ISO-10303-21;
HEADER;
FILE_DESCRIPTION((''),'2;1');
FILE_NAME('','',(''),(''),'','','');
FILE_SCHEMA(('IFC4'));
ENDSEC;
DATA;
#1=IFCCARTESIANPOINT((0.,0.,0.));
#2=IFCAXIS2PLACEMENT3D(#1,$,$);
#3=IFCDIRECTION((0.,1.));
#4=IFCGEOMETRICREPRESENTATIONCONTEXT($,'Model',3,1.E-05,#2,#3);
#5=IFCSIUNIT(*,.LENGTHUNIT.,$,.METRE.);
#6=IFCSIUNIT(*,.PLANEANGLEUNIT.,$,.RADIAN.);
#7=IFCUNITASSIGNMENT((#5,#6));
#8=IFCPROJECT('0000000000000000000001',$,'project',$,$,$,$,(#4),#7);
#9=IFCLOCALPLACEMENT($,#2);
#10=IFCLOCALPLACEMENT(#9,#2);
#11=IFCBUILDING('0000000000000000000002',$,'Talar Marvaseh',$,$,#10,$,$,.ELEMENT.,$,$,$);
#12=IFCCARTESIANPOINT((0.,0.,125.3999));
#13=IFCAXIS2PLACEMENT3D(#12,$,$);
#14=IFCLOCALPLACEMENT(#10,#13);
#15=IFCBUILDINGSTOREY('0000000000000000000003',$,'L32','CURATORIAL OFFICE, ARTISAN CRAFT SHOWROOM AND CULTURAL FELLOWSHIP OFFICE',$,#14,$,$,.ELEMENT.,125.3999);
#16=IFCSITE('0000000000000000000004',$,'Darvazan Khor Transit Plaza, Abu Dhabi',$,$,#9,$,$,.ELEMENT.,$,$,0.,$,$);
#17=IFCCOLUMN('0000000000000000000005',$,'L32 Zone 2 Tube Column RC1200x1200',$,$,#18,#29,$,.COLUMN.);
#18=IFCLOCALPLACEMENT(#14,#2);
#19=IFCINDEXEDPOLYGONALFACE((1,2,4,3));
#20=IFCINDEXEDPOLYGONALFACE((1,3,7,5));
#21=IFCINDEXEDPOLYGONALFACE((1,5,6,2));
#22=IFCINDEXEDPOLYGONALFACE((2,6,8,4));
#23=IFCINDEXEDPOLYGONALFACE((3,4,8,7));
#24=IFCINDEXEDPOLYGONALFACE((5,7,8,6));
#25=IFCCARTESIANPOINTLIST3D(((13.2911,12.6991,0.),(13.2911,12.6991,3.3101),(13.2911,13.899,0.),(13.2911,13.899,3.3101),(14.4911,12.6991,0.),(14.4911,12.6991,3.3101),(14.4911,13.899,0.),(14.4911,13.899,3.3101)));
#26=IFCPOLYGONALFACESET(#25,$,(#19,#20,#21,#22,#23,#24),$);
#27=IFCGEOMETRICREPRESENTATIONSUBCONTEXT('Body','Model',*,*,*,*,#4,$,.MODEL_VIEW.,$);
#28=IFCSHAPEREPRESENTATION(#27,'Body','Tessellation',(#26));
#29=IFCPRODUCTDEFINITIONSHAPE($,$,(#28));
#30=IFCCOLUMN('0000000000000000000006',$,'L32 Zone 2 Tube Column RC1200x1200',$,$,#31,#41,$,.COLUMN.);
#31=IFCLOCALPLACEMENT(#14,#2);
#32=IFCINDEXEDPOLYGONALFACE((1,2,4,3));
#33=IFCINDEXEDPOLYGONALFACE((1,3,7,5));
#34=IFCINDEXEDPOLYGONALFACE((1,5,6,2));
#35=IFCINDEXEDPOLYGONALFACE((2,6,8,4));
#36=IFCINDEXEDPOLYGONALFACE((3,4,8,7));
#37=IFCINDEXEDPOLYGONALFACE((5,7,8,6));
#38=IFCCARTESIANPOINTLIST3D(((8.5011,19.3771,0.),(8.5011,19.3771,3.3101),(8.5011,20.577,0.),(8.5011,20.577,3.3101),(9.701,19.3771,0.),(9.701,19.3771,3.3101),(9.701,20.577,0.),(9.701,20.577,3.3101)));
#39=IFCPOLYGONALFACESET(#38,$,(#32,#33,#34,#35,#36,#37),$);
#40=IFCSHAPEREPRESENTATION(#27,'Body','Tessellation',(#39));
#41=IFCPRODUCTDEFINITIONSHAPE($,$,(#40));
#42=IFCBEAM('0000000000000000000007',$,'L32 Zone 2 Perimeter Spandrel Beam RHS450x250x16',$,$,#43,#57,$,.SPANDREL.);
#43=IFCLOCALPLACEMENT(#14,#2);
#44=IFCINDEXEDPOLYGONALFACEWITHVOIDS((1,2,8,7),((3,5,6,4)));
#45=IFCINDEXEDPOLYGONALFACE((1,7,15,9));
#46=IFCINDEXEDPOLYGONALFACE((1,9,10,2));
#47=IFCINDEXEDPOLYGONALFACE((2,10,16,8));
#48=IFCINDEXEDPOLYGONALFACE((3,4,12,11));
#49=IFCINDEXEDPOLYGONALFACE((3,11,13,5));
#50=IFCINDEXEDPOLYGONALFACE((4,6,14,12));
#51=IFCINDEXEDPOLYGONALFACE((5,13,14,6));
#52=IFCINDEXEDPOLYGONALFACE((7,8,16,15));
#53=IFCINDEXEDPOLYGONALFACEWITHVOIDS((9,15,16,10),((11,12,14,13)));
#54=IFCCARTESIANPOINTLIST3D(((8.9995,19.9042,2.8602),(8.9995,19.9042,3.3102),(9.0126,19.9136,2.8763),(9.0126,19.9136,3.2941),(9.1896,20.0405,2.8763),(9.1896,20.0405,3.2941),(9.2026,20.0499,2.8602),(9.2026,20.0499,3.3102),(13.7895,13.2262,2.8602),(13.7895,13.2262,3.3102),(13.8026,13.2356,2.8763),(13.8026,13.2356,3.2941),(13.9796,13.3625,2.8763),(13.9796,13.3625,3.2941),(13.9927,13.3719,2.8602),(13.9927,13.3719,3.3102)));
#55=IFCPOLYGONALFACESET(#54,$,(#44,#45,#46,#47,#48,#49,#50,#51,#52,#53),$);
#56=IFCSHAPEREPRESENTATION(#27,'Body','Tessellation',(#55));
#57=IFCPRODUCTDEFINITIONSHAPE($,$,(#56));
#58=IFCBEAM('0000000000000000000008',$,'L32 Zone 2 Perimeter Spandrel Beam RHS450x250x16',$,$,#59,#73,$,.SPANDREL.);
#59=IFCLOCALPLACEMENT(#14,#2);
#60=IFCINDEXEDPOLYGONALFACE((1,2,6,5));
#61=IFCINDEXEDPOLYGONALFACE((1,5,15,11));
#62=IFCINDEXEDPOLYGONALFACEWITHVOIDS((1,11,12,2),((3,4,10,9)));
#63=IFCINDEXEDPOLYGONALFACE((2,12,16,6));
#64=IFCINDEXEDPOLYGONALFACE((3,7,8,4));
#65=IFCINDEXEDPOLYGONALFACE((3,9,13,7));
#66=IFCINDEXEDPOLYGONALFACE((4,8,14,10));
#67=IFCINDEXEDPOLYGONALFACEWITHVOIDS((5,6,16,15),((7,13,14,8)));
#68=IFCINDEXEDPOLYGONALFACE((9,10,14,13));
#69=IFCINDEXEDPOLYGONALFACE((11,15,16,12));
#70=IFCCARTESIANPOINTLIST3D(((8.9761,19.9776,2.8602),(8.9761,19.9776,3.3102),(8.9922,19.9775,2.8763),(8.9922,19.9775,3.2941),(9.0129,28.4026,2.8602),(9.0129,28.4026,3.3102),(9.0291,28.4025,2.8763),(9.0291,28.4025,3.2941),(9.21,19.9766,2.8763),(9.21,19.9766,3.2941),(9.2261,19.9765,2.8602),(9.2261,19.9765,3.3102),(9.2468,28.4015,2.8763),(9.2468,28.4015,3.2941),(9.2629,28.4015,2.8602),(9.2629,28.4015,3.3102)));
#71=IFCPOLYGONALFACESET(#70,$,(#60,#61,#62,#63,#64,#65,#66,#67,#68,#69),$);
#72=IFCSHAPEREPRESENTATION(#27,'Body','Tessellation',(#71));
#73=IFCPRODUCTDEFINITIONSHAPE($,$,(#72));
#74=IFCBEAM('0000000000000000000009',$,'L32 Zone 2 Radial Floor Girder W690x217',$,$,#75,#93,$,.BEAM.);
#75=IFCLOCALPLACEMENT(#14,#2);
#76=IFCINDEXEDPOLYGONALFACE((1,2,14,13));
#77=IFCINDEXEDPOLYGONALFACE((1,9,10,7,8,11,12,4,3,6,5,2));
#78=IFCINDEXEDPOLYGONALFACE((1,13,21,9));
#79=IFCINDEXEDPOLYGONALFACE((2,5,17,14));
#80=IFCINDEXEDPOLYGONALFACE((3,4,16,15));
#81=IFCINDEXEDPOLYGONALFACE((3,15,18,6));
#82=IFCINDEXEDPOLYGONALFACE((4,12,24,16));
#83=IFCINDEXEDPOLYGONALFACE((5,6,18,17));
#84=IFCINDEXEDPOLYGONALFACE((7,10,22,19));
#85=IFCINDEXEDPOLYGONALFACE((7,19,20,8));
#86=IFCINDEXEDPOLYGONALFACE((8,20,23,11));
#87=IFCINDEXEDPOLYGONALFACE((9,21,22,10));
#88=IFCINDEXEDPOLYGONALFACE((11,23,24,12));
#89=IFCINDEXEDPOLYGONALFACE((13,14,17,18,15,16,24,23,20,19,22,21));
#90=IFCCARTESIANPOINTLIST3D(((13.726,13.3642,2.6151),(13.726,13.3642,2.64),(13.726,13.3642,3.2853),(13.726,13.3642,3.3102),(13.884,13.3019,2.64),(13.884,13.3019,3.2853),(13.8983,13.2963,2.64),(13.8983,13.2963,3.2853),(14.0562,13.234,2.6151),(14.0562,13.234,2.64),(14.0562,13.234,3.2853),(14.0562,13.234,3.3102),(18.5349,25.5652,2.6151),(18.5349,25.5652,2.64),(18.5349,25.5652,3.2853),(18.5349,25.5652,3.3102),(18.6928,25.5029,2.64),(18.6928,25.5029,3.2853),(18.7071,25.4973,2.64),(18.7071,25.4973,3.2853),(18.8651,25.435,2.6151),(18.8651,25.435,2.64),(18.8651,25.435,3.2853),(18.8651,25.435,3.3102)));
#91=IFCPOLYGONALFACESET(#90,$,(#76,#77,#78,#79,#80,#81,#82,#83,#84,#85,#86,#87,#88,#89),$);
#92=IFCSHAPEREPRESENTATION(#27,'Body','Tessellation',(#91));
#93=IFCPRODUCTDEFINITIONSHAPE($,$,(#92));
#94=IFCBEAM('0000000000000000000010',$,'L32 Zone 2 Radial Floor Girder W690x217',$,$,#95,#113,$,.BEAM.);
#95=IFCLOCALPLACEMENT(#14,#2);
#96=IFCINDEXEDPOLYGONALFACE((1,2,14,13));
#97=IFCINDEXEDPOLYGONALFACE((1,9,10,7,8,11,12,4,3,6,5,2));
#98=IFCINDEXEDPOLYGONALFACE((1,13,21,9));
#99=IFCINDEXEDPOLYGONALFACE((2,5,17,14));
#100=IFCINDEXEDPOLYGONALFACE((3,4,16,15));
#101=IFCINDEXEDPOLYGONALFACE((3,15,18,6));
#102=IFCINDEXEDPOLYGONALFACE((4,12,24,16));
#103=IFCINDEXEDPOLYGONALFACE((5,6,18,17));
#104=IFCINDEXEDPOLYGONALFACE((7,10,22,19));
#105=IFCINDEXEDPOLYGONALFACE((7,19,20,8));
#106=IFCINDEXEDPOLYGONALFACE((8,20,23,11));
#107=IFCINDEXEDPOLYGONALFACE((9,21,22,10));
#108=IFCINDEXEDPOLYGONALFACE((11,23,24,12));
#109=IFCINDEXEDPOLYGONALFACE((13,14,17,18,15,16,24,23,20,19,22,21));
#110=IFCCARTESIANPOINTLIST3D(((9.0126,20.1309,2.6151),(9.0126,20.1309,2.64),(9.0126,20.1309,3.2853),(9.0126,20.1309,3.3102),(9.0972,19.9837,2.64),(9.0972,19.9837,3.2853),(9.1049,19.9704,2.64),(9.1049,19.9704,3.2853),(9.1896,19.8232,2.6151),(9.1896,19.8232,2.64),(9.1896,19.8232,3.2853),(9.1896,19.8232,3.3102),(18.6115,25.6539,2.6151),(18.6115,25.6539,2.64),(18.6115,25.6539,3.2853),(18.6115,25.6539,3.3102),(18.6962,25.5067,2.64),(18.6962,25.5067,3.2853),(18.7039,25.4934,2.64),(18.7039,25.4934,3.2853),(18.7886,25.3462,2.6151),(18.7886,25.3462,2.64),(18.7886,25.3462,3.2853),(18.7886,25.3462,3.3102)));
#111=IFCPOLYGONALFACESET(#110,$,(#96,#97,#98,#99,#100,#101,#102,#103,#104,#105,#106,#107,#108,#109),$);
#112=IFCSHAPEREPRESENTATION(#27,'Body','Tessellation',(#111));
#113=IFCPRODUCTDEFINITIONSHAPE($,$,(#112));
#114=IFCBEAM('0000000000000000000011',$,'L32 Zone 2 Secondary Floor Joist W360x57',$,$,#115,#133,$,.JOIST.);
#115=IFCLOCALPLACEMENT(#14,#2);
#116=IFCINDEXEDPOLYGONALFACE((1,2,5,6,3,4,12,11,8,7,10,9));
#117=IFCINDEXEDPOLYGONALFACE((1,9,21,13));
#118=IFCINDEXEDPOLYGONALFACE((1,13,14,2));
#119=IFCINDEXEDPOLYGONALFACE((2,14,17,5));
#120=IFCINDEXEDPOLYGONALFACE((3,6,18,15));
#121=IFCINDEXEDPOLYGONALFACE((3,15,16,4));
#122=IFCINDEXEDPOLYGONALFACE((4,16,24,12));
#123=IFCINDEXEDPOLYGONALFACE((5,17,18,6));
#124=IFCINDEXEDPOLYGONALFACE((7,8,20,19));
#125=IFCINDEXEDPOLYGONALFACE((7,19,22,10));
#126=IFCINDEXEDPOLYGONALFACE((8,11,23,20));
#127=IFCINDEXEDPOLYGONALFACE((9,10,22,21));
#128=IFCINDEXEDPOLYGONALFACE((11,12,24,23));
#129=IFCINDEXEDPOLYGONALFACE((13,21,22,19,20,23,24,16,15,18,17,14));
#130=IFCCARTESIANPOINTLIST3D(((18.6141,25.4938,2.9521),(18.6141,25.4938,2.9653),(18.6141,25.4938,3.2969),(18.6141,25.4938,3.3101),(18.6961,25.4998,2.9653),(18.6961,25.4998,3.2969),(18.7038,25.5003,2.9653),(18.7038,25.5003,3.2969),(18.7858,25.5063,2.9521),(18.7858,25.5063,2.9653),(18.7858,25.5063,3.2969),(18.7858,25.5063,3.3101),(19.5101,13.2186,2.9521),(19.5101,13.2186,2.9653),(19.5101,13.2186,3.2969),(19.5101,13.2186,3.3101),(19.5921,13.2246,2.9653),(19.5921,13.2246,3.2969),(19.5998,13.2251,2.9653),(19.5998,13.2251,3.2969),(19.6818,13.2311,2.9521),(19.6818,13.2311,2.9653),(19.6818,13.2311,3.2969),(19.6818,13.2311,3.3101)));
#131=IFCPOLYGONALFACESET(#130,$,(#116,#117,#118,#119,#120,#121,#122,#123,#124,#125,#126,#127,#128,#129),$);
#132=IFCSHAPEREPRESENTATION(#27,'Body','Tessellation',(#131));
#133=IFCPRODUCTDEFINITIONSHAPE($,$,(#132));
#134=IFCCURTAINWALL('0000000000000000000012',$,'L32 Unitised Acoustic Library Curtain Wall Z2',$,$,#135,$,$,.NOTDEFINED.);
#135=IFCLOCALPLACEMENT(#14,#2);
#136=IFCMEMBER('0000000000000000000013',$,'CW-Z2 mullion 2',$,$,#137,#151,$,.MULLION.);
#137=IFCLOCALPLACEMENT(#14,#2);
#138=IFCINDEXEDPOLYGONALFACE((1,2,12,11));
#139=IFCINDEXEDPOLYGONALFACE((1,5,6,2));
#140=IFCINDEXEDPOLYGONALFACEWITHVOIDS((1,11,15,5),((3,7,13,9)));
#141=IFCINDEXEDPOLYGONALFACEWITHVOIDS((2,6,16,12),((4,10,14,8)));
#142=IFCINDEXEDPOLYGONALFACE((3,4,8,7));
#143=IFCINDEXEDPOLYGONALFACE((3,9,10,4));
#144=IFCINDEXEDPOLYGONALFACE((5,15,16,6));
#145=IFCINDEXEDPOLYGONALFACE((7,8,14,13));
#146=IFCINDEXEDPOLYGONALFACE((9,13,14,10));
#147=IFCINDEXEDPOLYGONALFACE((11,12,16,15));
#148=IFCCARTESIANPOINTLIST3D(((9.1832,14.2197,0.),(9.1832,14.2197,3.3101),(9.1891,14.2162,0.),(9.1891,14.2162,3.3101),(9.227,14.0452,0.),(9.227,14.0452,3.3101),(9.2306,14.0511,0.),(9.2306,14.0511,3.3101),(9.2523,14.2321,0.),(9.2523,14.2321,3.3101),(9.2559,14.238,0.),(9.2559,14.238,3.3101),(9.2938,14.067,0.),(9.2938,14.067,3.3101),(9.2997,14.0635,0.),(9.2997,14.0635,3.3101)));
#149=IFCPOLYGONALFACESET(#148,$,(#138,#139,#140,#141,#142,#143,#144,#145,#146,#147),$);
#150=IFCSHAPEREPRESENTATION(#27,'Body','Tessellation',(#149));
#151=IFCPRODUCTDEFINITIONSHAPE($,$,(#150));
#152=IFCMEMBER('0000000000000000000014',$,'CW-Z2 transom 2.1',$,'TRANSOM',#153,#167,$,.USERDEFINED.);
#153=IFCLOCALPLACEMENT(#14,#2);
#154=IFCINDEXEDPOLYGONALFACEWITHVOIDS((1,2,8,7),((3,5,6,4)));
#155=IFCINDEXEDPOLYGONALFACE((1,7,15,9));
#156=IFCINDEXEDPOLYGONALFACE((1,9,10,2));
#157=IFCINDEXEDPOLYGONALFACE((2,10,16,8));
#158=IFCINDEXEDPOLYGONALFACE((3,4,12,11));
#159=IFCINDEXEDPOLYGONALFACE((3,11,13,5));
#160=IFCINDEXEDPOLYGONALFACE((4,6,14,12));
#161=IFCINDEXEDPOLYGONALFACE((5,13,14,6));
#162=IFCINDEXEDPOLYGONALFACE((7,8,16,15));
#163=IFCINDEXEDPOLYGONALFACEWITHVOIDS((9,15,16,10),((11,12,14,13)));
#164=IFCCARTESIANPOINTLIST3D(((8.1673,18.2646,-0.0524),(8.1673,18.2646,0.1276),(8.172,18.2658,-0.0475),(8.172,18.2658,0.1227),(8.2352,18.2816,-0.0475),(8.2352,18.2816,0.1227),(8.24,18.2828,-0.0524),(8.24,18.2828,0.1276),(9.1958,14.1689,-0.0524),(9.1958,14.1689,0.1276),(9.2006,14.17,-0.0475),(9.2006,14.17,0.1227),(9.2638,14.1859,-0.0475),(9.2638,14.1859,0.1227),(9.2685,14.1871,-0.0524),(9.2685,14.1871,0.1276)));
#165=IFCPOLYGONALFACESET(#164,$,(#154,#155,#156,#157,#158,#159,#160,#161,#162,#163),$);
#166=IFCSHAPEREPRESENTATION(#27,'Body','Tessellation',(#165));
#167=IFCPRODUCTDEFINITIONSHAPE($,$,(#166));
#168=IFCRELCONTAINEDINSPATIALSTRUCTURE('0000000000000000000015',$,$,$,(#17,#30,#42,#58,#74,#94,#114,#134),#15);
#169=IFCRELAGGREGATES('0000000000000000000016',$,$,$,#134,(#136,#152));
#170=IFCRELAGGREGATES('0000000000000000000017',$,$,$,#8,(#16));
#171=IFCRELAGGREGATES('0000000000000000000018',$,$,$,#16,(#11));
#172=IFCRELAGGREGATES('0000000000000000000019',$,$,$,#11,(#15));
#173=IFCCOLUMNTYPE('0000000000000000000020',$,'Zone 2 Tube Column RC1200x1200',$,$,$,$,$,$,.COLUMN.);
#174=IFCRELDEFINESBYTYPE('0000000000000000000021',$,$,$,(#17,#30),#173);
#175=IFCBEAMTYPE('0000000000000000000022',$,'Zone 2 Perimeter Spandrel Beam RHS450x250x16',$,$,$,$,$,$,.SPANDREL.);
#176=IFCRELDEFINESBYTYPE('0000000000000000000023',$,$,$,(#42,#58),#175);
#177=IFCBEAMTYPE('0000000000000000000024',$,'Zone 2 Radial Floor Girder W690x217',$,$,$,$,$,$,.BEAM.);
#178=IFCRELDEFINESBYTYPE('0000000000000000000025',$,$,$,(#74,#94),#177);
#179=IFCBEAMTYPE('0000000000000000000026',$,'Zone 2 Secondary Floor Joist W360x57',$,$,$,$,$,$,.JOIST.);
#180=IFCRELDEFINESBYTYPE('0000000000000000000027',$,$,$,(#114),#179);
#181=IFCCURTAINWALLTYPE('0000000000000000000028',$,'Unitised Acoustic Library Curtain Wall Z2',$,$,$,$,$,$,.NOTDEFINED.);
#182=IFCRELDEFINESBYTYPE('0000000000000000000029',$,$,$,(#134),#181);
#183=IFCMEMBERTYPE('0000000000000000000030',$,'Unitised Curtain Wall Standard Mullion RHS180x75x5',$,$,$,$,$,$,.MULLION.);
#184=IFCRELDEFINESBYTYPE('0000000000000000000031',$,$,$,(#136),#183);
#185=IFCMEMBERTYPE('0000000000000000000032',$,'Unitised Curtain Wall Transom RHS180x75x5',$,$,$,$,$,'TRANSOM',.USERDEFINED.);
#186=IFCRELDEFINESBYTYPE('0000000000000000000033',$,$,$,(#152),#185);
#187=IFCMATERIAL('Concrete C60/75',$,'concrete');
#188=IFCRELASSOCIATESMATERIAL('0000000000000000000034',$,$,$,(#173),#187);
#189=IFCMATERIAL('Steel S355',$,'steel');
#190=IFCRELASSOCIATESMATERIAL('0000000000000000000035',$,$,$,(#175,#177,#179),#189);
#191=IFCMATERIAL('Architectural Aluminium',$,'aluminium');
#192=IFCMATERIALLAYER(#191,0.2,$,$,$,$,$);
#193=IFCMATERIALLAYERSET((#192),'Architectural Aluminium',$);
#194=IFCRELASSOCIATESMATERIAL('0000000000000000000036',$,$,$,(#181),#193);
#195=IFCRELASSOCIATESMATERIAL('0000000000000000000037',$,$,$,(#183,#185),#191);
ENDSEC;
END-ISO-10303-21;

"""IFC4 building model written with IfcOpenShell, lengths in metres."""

from ifc_helpers import new_model, si_unit, direction, frame, origin, origin_2d, place, context, subcontext, project, spatial, rectangle, hollow_rectangle, i_section, extrude, source, transform, mapped, material, layer, layer_set, material_profile, profile_set, type_object, type_shapes, element, aggregate, save


model = new_model("IFC4")

# Units and contexts
model_context = context("Model", 3, precision=1e-05, world=origin(), true_north=direction((0.0, 1.0)))
body_context = subcontext(model_context, "Body", "Model", "MODEL_VIEW")
ifc_project = project(units=[si_unit("LENGTHUNIT", "METRE"), si_unit("PLANEANGLEUNIT", "RADIAN")], contexts=[model_context])

# Site, building, storey
site_placement = place(None, origin())
site = spatial("IfcSite", under=ifc_project, at=site_placement, Name="Darvazan Khor Transit Plaza, Abu Dhabi", CompositionType="ELEMENT", RefElevation=0.0)
building_placement = place(site_placement, origin())
building = spatial("IfcBuilding", under=site, at=building_placement, Name="Talar Marvaseh", CompositionType="ELEMENT")
storey_placement = place(building_placement, frame((0.0, 0.0, 125.3999)))
storey = spatial("IfcBuildingStorey", under=building, at=storey_placement, Name="L32", Description="CURATORIAL OFFICE, ARTISAN CRAFT SHOWROOM AND CULTURAL FELLOWSHIP OFFICE", CompositionType="ELEMENT", Elevation=125.3999)

# Columns
ifc_material_1 = material(Name="Concrete C60/75", Category="concrete")
ifc_material_profile_1 = material_profile(ifc_material_1, rectangle(XDim=1.2, YDim=1.2, at=origin_2d()), Name="RC1200x1200")
ifc_profile_set_1 = profile_set([ifc_material_profile_1], Name="Concrete C60/75")
column_type = type_object("IfcColumnType", Name="Zone 2 Tube Column RC1200x1200", PredefinedType="COLUMN", material=ifc_profile_set_1)
for number, where, z_axis, x_axis, name in (
    (1, (13.8911, 13.2991, 0.0), (0.0, 0.0, 1.0), (1.0, 0.0, 0.0), "L32 Zone 2 Tube Column RC1200x1200"),
    (2, (9.1011, 19.9771, 0.0), (0.0, 0.0, 1.0), (1.0, 0.0, 0.0), "L32 Zone 2 Tube Column RC1200x1200"),
):
    element("IfcColumn", number, at=place(storey_placement, frame(where, z_axis=z_axis, x_axis=x_axis)), inside=storey, type_object=column_type, Name=name, PredefinedType="COLUMN", context=body_context, shape_type="SweptSolid", body=[
        extrude(rectangle(XDim=1.2, YDim=1.2, at=origin_2d()), origin(), (0.0, 0.0, 1.0), 3.3101),
    ])

# Beams
ifc_material_2 = material(Name="Steel S355", Category="steel")
ifc_material_profile_2 = material_profile(ifc_material_2, hollow_rectangle(XDim=0.25, YDim=0.45, WallThickness=0.0161, at=origin_2d()), Name="RHS450x250x16")
ifc_profile_set_2 = profile_set([ifc_material_profile_2], Name="Steel S355")
beam_type_1 = type_object("IfcBeamType", Name="Zone 2 Perimeter Spandrel Beam RHS450x250x16", PredefinedType="SPANDREL", material=ifc_profile_set_2)
beam_1_placement = place(storey_placement, frame((13.8911, 13.2991, 3.0852), z_axis=(-0.582853, 0.812578, 0.0), x_axis=(-0.812578, -0.582853, 0.0)))
element("IfcBeam", 3, at=beam_1_placement, inside=storey, type_object=beam_type_1, Name="L32 Zone 2 Perimeter Spandrel Beam RHS450x250x16", PredefinedType="SPANDREL", context=body_context, shape_type="SweptSolid", body=[
    extrude(hollow_rectangle(XDim=0.25, YDim=0.45, WallThickness=0.0161, at=origin_2d()), origin(), (0.0, 0.0, 1.0), 8.2183),
])
beam_2_placement = place(storey_placement, frame((9.1011, 19.9771, 3.0852), z_axis=(0.004376, 0.99999, 0.0), x_axis=(-0.99999, 0.004376, 0.0)))
element("IfcBeam", 4, at=beam_2_placement, inside=storey, type_object=beam_type_1, Name="L32 Zone 2 Perimeter Spandrel Beam RHS450x250x16", PredefinedType="SPANDREL", context=body_context, shape_type="SweptSolid", body=[
    extrude(hollow_rectangle(XDim=0.25, YDim=0.45, WallThickness=0.0161, at=origin_2d()), origin(), (0.0, 0.0, 1.0), 8.425),
])
ifc_material_profile_3 = material_profile(ifc_material_2, i_section(OverallWidth=0.355, OverallDepth=0.6951, WebThickness=0.0154, FlangeThickness=0.0249, at=origin_2d()), Name="W690x217")
ifc_profile_set_3 = profile_set([ifc_material_profile_3], Name="Steel S355")
beam_type_2 = type_object("IfcBeamType", Name="Zone 2 Radial Floor Girder W690x217", PredefinedType="BEAM", material=ifc_profile_set_3)
beam_3_placement = place(storey_placement, frame((13.8911, 13.2991, 2.9626), z_axis=(0.366684, 0.930346, 0.0), x_axis=(-0.930346, 0.366684, 0.0)))
element("IfcBeam", 5, at=beam_3_placement, inside=storey, type_object=beam_type_2, Name="L32 Zone 2 Radial Floor Girder W690x217", PredefinedType="BEAM", context=body_context, shape_type="SweptSolid", body=[
    extrude(i_section(OverallWidth=0.355, OverallDepth=0.6951, WebThickness=0.0154, FlangeThickness=0.0249, at=origin_2d()), origin(), (0.0, 0.0, 1.0), 13.1145),
])
beam_4_placement = place(storey_placement, frame((9.1011, 19.9771, 2.9626), z_axis=(0.866766, 0.498715, 0.0), x_axis=(-0.498715, 0.866766, 0.0)))
element("IfcBeam", 6, at=beam_4_placement, inside=storey, type_object=beam_type_2, Name="L32 Zone 2 Radial Floor Girder W690x217", PredefinedType="BEAM", context=body_context, shape_type="SweptSolid", body=[
    extrude(i_section(OverallWidth=0.355, OverallDepth=0.6951, WebThickness=0.0154, FlangeThickness=0.0249, at=origin_2d()), origin(), (0.0, 0.0, 1.0), 11.0745),
])
ifc_material_profile_4 = material_profile(ifc_material_2, i_section(OverallWidth=0.1721, OverallDepth=0.3579, WebThickness=0.0078, FlangeThickness=0.0132, at=origin_2d()), Name="W360x57")
ifc_profile_set_4 = profile_set([ifc_material_profile_4], Name="Steel S355")
beam_type_3 = type_object("IfcBeamType", Name="Zone 2 Secondary Floor Joist W360x57", PredefinedType="JOIST", material=ifc_profile_set_4)
beam_5_placement = place(storey_placement, frame((19.5959, 13.2249, 3.1311), z_axis=(-0.072799, 0.997347, 0.0), x_axis=(-0.997347, -0.072799, 0.0)))
element("IfcBeam", 7, at=beam_5_placement, inside=storey, type_object=beam_type_3, Name="L32 Zone 2 Secondary Floor Joist W360x57", PredefinedType="JOIST", context=body_context, shape_type="SweptSolid", body=[
    extrude(i_section(OverallWidth=0.1721, OverallDepth=0.3579, WebThickness=0.0078, FlangeThickness=0.0132, at=origin_2d()), origin(), (0.0, 0.0, 1.0), 12.3079),
])

# Curtain wall, members
ifc_material_3 = material(Name="Architectural Aluminium", Category="aluminium")
ifc_layer_1 = layer(ifc_material_3, 0.2)
ifc_layer_set_1 = layer_set([ifc_layer_1], Name="Architectural Aluminium")
curtain_wall_type = type_object("IfcCurtainWallType", Name="Unitised Acoustic Library Curtain Wall Z2", PredefinedType="NOTDEFINED", material=ifc_layer_set_1)
curtain_wall_placement = place(storey_placement, origin())
curtain_wall = element("IfcCurtainWall", 8, at=curtain_wall_placement, inside=storey, type_object=curtain_wall_type, Name="L32 Unitised Acoustic Library Curtain Wall Z2", PredefinedType="NOTDEFINED")
ifc_material_profile_5 = material_profile(ifc_material_3, hollow_rectangle(XDim=0.075, YDim=0.1799, WallThickness=0.0049, at=origin_2d()), Name="RHS180x75x5")
ifc_profile_set_5 = profile_set([ifc_material_profile_5], Name="Architectural Aluminium")
member_type_1 = type_object("IfcMemberType", Name="Unitised Curtain Wall Standard Mullion RHS180x75x5", PredefinedType="MULLION", material=ifc_profile_set_5)
shared_shape_1 = source(origin(), body_context, "Body", "SweptSolid", [
    extrude(hollow_rectangle(XDim=0.075, YDim=0.1799, WallThickness=0.0049, at=origin_2d()), origin(), (0.0, 0.0, 1.0), 3.3101),
])
type_shapes(member_type_1, [shared_shape_1])
member_1_placement = place(storey_placement, frame((9.2415, 14.1416, 0.0), z_axis=(0.0, 0.0, 1.0), x_axis=(-0.969888, -0.24355, 0.0)))
member_1 = element("IfcMember", 9, at=member_1_placement, type_object=member_type_1, Name="CW-Z2 mullion 2", PredefinedType="MULLION", context=body_context, shape_type="MappedRepresentation", body=[
    mapped(shared_shape_1, transform((0.0, 0.0, 0.0), x_axis=(1.0, 0.0, 0.0), y_axis=(0.0, 1.0, 0.0), z_axis=(0.0, 0.0, 1.0), scale=1.0)),
])
ifc_material_profile_6 = material_profile(ifc_material_3, hollow_rectangle(XDim=0.075, YDim=0.1799, WallThickness=0.0049, at=origin_2d()), Name="RHS180x75x5")
ifc_profile_set_6 = profile_set([ifc_material_profile_6], Name="Architectural Aluminium")
member_type_2 = type_object("IfcMemberType", Name="Unitised Curtain Wall Transom RHS180x75x5", ElementType="TRANSOM", PredefinedType="USERDEFINED", material=ifc_profile_set_6)
shared_shape_2 = source(origin(), body_context, "Body", "SweptSolid", [
    extrude(hollow_rectangle(XDim=0.075, YDim=0.1799, WallThickness=0.0049, at=origin_2d()), origin(), (0.0, 0.0, 1.0), 4.2229),
])
type_shapes(member_type_2, [shared_shape_2])
member_2_placement = place(storey_placement, frame((9.2322, 14.178, 0.0376), z_axis=(-0.243569, 0.969883, 0.0), x_axis=(-0.969883, -0.243569, 0.0)))
member_2 = element("IfcMember", 10, at=member_2_placement, type_object=member_type_2, Name="CW-Z2 transom 2.1", ObjectType="TRANSOM", PredefinedType="USERDEFINED", context=body_context, shape_type="MappedRepresentation", body=[
    mapped(shared_shape_2, transform((0.0, 0.0, 0.0), x_axis=(1.0, 0.0, 0.0), y_axis=(0.0, 1.0, 0.0), z_axis=(0.0, 0.0, 1.0), scale=1.0)),
])
aggregate(curtain_wall, [member_1, member_2])

save(model, "model.ifc")
